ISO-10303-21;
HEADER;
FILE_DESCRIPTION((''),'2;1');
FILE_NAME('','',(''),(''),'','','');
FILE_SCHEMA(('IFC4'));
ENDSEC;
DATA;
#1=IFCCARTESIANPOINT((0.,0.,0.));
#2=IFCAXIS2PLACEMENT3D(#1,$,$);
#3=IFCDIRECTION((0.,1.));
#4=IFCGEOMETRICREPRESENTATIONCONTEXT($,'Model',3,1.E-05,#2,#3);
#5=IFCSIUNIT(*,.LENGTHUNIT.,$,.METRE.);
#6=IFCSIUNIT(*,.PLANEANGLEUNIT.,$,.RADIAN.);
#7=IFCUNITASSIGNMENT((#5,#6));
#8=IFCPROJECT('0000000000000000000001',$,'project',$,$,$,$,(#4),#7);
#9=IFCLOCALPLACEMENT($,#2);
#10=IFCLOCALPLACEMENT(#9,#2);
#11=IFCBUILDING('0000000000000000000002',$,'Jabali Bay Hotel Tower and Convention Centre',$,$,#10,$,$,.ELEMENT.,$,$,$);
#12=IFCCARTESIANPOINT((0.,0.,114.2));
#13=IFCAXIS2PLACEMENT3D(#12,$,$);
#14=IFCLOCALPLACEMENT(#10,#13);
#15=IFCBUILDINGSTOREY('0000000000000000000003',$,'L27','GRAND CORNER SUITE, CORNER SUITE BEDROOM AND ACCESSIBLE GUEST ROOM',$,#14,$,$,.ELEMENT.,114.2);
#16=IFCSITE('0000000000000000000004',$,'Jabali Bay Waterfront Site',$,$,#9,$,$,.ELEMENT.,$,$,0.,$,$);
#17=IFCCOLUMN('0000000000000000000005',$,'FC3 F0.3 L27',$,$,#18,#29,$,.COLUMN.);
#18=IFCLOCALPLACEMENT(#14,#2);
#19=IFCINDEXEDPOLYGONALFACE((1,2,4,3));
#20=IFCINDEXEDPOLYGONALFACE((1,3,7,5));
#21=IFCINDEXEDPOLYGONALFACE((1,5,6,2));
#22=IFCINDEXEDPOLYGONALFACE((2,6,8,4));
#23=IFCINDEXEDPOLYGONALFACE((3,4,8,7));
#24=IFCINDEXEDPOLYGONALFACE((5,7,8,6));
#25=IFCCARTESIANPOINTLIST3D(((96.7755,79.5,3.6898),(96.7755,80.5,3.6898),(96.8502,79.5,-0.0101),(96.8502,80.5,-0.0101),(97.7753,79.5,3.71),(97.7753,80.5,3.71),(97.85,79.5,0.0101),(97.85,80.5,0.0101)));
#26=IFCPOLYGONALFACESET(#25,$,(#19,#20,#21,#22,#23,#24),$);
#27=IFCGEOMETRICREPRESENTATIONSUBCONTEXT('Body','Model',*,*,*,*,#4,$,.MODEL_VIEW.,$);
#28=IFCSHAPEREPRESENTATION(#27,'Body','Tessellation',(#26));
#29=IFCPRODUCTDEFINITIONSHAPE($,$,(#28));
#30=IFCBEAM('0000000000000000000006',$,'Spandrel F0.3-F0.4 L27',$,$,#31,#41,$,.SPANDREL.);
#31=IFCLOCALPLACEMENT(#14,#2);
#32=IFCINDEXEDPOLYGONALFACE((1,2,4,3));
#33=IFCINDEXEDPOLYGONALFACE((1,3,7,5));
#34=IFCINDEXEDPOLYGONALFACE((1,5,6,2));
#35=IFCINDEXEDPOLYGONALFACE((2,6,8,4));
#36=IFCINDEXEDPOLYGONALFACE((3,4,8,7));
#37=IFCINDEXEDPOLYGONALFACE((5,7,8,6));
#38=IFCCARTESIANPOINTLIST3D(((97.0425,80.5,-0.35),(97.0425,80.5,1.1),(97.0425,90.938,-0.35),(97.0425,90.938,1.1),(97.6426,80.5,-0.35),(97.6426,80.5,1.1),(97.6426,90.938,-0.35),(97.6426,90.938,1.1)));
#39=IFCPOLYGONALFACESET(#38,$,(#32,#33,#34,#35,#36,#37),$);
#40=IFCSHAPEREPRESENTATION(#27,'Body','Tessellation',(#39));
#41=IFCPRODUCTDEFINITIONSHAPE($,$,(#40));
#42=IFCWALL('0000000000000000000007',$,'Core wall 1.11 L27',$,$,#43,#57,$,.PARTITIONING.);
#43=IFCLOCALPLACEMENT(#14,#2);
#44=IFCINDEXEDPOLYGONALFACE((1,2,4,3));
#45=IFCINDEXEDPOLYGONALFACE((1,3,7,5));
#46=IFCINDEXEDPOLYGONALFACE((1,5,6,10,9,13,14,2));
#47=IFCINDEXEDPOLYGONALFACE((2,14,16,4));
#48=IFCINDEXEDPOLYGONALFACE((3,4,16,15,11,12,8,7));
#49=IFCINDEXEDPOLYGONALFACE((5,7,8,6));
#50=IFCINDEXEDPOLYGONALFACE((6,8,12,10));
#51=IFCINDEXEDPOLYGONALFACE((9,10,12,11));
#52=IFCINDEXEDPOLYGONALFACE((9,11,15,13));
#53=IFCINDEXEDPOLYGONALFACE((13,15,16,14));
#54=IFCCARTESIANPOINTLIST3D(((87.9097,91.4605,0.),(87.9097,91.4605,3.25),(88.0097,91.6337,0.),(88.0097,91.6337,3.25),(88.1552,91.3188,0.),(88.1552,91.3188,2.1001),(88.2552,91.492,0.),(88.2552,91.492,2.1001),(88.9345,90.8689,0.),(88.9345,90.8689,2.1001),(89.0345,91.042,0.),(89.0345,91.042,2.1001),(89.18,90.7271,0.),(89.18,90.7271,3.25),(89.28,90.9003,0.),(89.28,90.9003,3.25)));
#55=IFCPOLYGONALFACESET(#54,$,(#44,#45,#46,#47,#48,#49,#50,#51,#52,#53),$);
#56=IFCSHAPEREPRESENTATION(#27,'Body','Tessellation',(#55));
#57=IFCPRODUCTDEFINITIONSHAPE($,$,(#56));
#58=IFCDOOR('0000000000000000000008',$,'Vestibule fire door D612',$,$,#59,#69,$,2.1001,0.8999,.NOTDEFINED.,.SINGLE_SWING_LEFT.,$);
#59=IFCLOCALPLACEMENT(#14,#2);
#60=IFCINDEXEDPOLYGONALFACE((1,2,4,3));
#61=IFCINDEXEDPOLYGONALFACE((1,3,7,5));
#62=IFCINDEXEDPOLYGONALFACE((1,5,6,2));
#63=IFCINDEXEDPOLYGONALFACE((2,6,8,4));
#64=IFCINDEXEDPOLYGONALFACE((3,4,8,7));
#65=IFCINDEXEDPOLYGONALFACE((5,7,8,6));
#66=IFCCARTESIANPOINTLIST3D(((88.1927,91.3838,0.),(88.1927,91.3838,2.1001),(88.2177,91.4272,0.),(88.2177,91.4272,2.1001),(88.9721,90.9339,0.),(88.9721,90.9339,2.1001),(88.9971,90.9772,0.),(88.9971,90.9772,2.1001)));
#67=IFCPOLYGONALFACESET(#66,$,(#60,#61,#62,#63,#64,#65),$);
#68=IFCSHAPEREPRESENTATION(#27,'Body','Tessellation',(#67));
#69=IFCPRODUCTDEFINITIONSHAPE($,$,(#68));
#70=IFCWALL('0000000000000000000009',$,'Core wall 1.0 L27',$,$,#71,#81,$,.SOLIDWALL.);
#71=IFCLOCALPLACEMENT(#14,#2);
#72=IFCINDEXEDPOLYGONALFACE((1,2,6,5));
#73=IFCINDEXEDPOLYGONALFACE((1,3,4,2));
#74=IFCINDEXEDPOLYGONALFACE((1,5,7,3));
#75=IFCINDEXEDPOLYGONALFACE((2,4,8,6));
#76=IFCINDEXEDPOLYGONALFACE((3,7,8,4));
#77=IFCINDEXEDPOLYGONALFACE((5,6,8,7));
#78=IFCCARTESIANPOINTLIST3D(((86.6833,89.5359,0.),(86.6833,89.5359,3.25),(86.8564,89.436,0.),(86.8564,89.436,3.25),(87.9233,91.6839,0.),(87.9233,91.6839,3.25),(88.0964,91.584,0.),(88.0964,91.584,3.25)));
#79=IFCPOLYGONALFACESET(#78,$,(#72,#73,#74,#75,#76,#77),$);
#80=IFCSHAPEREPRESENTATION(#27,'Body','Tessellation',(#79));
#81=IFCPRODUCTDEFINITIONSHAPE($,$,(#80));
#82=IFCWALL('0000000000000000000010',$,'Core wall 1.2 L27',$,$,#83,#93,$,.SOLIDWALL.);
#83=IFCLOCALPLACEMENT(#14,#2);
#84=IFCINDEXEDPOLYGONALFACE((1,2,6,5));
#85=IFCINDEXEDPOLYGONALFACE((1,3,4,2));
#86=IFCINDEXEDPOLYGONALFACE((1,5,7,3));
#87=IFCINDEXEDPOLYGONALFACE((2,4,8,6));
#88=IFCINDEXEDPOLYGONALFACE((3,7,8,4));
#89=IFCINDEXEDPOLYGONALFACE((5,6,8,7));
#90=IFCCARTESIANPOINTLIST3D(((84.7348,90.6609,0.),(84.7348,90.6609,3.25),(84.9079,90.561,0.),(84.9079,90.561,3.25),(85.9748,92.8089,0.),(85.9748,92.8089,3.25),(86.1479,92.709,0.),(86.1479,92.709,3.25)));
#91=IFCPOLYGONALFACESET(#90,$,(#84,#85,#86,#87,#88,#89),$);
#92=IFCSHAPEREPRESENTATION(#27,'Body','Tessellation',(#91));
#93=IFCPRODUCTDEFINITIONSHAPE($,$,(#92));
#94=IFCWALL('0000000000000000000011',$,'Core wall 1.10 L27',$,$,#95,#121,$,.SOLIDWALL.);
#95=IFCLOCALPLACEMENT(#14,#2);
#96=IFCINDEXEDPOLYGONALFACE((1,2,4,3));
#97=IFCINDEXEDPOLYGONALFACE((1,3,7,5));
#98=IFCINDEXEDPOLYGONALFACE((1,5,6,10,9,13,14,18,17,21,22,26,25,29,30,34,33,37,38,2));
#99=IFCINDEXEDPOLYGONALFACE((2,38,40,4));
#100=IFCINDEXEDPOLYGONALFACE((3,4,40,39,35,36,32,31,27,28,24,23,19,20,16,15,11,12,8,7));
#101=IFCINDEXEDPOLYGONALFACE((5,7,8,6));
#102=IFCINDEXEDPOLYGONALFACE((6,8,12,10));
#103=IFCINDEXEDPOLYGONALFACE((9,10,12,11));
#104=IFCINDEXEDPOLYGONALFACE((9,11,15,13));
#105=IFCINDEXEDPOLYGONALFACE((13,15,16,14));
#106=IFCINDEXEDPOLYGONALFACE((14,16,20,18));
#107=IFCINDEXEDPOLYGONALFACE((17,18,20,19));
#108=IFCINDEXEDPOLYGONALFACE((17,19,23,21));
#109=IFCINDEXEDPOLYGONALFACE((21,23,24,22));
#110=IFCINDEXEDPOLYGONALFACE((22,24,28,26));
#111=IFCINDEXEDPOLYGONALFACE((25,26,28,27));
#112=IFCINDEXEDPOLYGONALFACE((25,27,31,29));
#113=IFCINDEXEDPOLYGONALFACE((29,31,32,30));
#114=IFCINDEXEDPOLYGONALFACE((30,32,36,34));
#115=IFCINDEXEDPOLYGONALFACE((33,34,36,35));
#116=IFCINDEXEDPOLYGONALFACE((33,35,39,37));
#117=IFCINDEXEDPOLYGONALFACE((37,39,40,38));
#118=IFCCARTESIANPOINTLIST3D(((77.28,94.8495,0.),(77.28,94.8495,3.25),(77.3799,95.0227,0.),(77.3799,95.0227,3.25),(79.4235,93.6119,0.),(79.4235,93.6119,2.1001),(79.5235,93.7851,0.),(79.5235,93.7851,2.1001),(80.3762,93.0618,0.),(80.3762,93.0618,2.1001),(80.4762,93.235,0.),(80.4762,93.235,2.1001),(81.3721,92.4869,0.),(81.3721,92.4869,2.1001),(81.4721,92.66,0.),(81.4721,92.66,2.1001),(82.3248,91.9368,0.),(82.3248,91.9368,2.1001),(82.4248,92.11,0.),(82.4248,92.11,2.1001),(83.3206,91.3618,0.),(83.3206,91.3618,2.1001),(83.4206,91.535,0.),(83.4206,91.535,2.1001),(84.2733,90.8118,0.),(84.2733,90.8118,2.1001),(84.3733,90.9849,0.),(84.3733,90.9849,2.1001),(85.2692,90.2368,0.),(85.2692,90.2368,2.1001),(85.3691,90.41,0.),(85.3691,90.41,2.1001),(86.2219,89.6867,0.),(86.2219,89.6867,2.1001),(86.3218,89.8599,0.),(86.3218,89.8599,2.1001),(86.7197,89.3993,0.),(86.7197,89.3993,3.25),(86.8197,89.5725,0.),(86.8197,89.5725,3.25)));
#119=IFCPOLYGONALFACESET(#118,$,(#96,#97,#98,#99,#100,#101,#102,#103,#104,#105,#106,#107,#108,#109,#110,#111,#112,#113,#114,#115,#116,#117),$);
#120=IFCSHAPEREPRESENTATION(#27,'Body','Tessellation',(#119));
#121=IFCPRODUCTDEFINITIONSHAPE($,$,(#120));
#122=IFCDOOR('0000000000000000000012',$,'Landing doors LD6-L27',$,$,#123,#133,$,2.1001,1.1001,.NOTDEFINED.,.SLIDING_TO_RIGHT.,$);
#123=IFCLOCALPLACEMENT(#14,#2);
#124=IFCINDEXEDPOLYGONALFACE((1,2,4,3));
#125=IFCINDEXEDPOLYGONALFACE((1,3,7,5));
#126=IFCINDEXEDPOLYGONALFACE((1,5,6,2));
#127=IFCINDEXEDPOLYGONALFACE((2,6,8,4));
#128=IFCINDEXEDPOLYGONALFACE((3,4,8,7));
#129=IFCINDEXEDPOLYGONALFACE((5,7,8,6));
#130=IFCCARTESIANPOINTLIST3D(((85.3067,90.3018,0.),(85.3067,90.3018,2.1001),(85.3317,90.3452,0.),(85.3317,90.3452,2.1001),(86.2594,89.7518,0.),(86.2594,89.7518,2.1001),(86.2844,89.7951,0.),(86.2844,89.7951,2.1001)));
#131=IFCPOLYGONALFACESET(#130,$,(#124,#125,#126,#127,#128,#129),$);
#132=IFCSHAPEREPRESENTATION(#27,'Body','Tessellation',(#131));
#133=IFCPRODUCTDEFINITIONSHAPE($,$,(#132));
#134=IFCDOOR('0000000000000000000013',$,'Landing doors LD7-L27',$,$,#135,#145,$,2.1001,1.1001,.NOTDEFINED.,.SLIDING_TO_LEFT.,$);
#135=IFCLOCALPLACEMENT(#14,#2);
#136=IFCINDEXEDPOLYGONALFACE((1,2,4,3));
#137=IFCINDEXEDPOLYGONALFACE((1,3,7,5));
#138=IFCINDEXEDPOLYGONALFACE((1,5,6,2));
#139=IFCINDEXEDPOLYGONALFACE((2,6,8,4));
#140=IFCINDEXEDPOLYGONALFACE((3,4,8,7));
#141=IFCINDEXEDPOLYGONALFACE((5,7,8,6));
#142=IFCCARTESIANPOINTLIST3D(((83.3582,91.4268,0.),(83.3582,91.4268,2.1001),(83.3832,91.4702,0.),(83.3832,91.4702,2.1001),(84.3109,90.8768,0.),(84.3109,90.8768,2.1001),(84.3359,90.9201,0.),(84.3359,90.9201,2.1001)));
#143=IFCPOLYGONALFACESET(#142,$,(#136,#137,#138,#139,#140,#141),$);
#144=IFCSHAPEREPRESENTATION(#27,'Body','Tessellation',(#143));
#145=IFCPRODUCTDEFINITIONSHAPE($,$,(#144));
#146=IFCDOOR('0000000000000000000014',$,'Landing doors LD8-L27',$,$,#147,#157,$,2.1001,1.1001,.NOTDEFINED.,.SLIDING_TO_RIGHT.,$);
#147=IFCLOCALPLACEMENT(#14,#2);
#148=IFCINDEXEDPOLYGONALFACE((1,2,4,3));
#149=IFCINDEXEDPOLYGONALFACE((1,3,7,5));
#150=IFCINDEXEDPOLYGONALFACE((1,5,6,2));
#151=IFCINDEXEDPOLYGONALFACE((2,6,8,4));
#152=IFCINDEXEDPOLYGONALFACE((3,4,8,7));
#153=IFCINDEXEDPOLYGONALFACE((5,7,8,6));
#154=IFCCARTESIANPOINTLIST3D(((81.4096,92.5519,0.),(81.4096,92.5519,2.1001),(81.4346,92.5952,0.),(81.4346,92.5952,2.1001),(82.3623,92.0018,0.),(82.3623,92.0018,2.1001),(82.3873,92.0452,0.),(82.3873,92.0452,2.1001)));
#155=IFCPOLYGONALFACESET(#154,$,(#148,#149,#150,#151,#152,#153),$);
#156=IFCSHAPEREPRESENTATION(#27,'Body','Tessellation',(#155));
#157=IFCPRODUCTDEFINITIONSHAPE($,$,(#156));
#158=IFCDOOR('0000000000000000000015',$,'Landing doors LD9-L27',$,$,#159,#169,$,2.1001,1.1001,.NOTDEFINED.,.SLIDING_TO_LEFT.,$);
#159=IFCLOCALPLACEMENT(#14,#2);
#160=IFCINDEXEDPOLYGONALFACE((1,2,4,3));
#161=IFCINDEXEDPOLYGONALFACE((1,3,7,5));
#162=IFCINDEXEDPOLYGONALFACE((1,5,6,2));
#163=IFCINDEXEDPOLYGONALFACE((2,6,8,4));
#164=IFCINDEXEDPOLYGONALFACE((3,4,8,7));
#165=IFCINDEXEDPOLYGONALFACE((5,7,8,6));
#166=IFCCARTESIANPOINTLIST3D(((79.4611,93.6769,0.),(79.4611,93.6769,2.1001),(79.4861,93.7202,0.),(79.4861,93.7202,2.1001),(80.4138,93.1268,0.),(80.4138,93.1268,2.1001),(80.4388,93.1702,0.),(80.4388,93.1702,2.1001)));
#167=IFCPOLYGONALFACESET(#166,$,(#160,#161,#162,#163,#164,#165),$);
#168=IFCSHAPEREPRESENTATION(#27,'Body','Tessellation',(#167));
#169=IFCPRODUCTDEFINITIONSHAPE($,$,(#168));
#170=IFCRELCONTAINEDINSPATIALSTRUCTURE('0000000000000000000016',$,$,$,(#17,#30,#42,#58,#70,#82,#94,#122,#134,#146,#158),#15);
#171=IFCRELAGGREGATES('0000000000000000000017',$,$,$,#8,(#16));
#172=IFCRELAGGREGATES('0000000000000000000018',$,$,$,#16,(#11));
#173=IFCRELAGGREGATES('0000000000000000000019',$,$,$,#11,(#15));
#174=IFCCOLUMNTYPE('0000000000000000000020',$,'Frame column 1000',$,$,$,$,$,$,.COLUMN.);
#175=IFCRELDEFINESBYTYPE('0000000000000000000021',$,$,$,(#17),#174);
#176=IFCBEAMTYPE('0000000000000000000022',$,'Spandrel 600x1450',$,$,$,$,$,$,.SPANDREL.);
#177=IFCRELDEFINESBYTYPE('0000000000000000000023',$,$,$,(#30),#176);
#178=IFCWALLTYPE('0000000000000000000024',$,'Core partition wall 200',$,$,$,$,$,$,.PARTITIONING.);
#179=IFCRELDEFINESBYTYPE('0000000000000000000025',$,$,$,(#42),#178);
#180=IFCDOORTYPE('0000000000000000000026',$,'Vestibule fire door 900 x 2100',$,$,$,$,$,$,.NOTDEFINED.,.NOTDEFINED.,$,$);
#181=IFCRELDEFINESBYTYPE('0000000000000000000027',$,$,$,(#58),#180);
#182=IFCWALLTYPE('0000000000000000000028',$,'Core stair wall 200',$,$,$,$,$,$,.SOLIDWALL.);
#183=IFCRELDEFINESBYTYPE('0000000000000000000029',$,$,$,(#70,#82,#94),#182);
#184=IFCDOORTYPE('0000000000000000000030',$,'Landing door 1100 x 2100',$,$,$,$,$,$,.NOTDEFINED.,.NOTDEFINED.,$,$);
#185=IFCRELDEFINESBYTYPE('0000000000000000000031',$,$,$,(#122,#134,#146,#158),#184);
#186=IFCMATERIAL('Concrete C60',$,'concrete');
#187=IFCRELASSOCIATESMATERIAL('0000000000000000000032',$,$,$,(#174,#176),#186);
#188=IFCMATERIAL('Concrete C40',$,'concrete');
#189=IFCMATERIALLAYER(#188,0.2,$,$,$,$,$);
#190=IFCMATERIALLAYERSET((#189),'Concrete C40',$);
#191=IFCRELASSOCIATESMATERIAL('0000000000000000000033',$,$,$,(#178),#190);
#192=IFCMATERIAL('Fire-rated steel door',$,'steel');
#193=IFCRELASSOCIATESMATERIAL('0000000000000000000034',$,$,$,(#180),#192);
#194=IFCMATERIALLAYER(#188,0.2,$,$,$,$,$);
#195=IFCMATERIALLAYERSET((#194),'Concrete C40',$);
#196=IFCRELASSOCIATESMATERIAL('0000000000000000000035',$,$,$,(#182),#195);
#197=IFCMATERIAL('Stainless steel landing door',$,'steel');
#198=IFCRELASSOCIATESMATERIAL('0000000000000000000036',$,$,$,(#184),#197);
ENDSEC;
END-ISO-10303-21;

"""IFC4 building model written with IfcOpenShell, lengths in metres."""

from ifc_helpers import new_model, si_unit, direction, frame, frame_2d, origin, origin_2d, place, context, subcontext, project, spatial, rectangle, extrude, material, layer, layer_set, material_profile, profile_set, type_object, element, fill, save


model = new_model("IFC4")

# Units and contexts
model_context = context("Model", 3, precision=1e-05, world=origin(), true_north=direction((0.0, 1.0)))
body_context = subcontext(model_context, "Body", "Model", "MODEL_VIEW")
ifc_project = project(units=[si_unit("LENGTHUNIT", "METRE"), si_unit("PLANEANGLEUNIT", "RADIAN")], contexts=[model_context])

# Site, building, storey
site_placement = place(None, origin())
site = spatial("IfcSite", under=ifc_project, at=site_placement, Name="Jabali Bay Waterfront Site", CompositionType="ELEMENT", RefElevation=0.0)
building_placement = place(site_placement, origin())
building = spatial("IfcBuilding", under=site, at=building_placement, Name="Jabali Bay Hotel Tower and Convention Centre", CompositionType="ELEMENT")
storey_placement = place(building_placement, frame((0.0, 0.0, 114.2)))
storey = spatial("IfcBuildingStorey", under=building, at=storey_placement, Name="L27", Description="GRAND CORNER SUITE, CORNER SUITE BEDROOM AND ACCESSIBLE GUEST ROOM", CompositionType="ELEMENT", Elevation=114.2)

# Column
ifc_material_1 = material(Name="Concrete C60", Category="concrete")
ifc_material_profile_1 = material_profile(ifc_material_1, rectangle(XDim=1.0, YDim=1.0, at=origin_2d()), Name="Frame column 1000")
ifc_profile_set_1 = profile_set([ifc_material_profile_1], Name="Concrete C60")
column_type = type_object("IfcColumnType", Name="Frame column 1000", PredefinedType="COLUMN", material=ifc_profile_set_1)
column_placement = place(storey_placement, frame((97.3501, 80.0, 0.0), z_axis=(-0.020187, 0.0, 0.999796), x_axis=(0.0, -1.0, 0.0)))
element("IfcColumn", 1, at=column_placement, inside=storey, type_object=column_type, Name="FC3 F0.3 L27", PredefinedType="COLUMN", context=body_context, shape_type="SweptSolid", body=[
    extrude(rectangle(XDim=1.0, YDim=1.0, at=origin_2d()), origin(), (0.0, 0.0, 1.0), 3.7007),
])

# Beam
ifc_material_profile_2 = material_profile(ifc_material_1, rectangle(XDim=0.6001, YDim=1.45, at=origin_2d()), Name="Spandrel 600x1450")
ifc_profile_set_2 = profile_set([ifc_material_profile_2], Name="Concrete C60")
beam_type = type_object("IfcBeamType", Name="Spandrel 600x1450", PredefinedType="SPANDREL", material=ifc_profile_set_2)
beam_placement = place(storey_placement, frame((97.3425, 80.5, 0.375), z_axis=(0.0, 1.0, 0.0), x_axis=(-1.0, 0.0, 0.0)))
element("IfcBeam", 2, at=beam_placement, inside=storey, type_object=beam_type, Name="Spandrel F0.3-F0.4 L27", PredefinedType="SPANDREL", context=body_context, shape_type="SweptSolid", body=[
    extrude(rectangle(XDim=0.6001, YDim=1.45, at=origin_2d()), origin(), (0.0, 0.0, 1.0), 10.438),
])

# Wall, opening, door
ifc_material_2 = material(Name="Concrete C40", Category="concrete")
ifc_layer_1 = layer(ifc_material_2, 0.2)
ifc_layer_set_1 = layer_set([ifc_layer_1], Name="Concrete C40")
wall_type_1 = type_object("IfcWallType", Name="Core partition wall 200", PredefinedType="PARTITIONING", material=ifc_layer_set_1)
wall_1_placement = place(storey_placement, frame((89.23, 90.8137, 0.0), z_axis=(0.0, 0.0, 1.0), x_axis=(-0.866022, 0.500006, 0.0)))
wall_1 = element("IfcWall", 3, at=wall_1_placement, inside=storey, type_object=wall_type_1, Name="Core wall 1.11 L27", PredefinedType="PARTITIONING", context=body_context, shape_type="SweptSolid", body=[
    extrude(rectangle(XDim=1.4668, YDim=0.2, at=frame_2d((0.7334, 0.0))), origin(), (0.0, 0.0, 1.0), 3.25),
])
opening_1_placement = place(wall_1_placement, frame((0.2834, 0.0, 0.0)))
opening_1 = element("IfcOpeningElement", 4, at=opening_1_placement, cuts=wall_1, PredefinedType="OPENING", context=body_context, shape_type="SweptSolid", body=[
    extrude(rectangle(XDim=0.8999, YDim=2.1001, at=frame_2d((0.45, 1.05))), frame((0.0, 0.1104, 0.0), z_axis=(0.0, -1.0, 0.0), x_axis=(1.0, 0.0, 0.0)), (0.0, 0.0, 1.0), 0.2209),
])
ifc_material_3 = material(Name="Fire-rated steel door", Category="steel")
door_type_1 = type_object("IfcDoorType", Name="Vestibule fire door 900 x 2100", OperationType="NOTDEFINED", PredefinedType="NOTDEFINED", material=ifc_material_3)
door_1_placement = place(opening_1_placement, origin())
door_1 = element("IfcDoor", 5, at=door_1_placement, inside=storey, type_object=door_type_1, Name="Vestibule fire door D612", OperationType="SINGLE_SWING_LEFT", OverallHeight=2.1001, OverallWidth=0.8999, PredefinedType="NOTDEFINED", context=body_context, shape_type="SweptSolid", body=[
    extrude(rectangle(XDim=0.8999, YDim=2.1001, at=frame_2d((0.45, 1.05))), frame((0.0, 0.0249, 0.0), z_axis=(0.0, -1.0, 0.0), x_axis=(1.0, 0.0, 0.0)), (0.0, 0.0, 1.0), 0.05),
])
fill(opening_1, door_1)

# Walls
ifc_layer_2 = layer(ifc_material_2, 0.2)
ifc_layer_set_2 = layer_set([ifc_layer_2], Name="Concrete C40")
wall_type_2 = type_object("IfcWallType", Name="Core stair wall 200", PredefinedType="SOLIDWALL", material=ifc_layer_set_2)
for number, where, z_axis, x_axis, name in (
    (6, (86.7698, 89.4858, 0.0), (0.0, 0.0, 1.0), (0.499961, 0.866048, 0.0), "Core wall 1.0 L27"),
    (7, (84.8213, 90.6108, 0.0), (0.0, 0.0, 1.0), (0.499961, 0.866048, 0.0), "Core wall 1.2 L27"),
):
    element("IfcWall", number, at=place(storey_placement, frame(where, z_axis=z_axis, x_axis=x_axis)), inside=storey, type_object=wall_type_2, Name=name, PredefinedType="SOLIDWALL", context=body_context, shape_type="SweptSolid", body=[
        extrude(rectangle(XDim=2.4802, YDim=0.2, at=frame_2d((1.2402, 0.0))), origin(), (0.0, 0.0, 1.0), 3.25),
    ])

# Wall, openings, doors
wall_2_placement = place(storey_placement, frame((86.7698, 89.4858, 0.0), z_axis=(0.0, 0.0, 1.0), x_axis=(-0.866018, 0.500013, 0.0)))
wall_2 = element("IfcWall", 8, at=wall_2_placement, inside=storey, type_object=wall_type_2, Name="Core wall 1.10 L27", PredefinedType="SOLIDWALL", context=body_context, shape_type="SweptSolid", body=[
    extrude(rectangle(XDim=10.9001, YDim=0.2, at=frame_2d((5.4502, 0.0))), origin(), (0.0, 0.0, 1.0), 3.25),
])
opening_2_placement = place(wall_2_placement, frame((0.575, 0.0, 0.0)))
opening_2 = element("IfcOpeningElement", 9, at=opening_2_placement, cuts=wall_2, PredefinedType="OPENING", context=body_context, shape_type="SweptSolid", body=[
    extrude(rectangle(XDim=1.1001, YDim=2.1001, at=frame_2d((0.55, 1.05))), frame((0.0, 0.1104, 0.0), z_axis=(0.0, -1.0, 0.0), x_axis=(1.0, 0.0, 0.0)), (0.0, 0.0, 1.0), 0.2209),
])
opening_3_placement = place(wall_2_placement, frame((2.825, 0.0, 0.0)))
opening_3 = element("IfcOpeningElement", 10, at=opening_3_placement, cuts=wall_2, PredefinedType="OPENING", context=body_context, shape_type="SweptSolid", body=[
    extrude(rectangle(XDim=1.1001, YDim=2.1001, at=frame_2d((0.55, 1.05))), frame((0.0, 0.1104, 0.0), z_axis=(0.0, -1.0, 0.0), x_axis=(1.0, 0.0, 0.0)), (0.0, 0.0, 1.0), 0.2209),
])
opening_4_placement = place(wall_2_placement, frame((5.075, 0.0, 0.0)))
opening_4 = element("IfcOpeningElement", 11, at=opening_4_placement, cuts=wall_2, PredefinedType="OPENING", context=body_context, shape_type="SweptSolid", body=[
    extrude(rectangle(XDim=1.1001, YDim=2.1001, at=frame_2d((0.55, 1.05))), frame((0.0, 0.1104, 0.0), z_axis=(0.0, -1.0, 0.0), x_axis=(1.0, 0.0, 0.0)), (0.0, 0.0, 1.0), 0.2209),
])
opening_5_placement = place(wall_2_placement, frame((7.325, 0.0, 0.0)))
opening_5 = element("IfcOpeningElement", 12, at=opening_5_placement, cuts=wall_2, PredefinedType="OPENING", context=body_context, shape_type="SweptSolid", body=[
    extrude(rectangle(XDim=1.1001, YDim=2.1001, at=frame_2d((0.55, 1.05))), frame((0.0, 0.1104, 0.0), z_axis=(0.0, -1.0, 0.0), x_axis=(1.0, 0.0, 0.0)), (0.0, 0.0, 1.0), 0.2209),
])
ifc_material_4 = material(Name="Stainless steel landing door", Category="steel")
door_type_2 = type_object("IfcDoorType", Name="Landing door 1100 x 2100", OperationType="NOTDEFINED", PredefinedType="NOTDEFINED", material=ifc_material_4)
door_2_placement = place(opening_2_placement, origin())
door_2 = element("IfcDoor", 13, at=door_2_placement, inside=storey, type_object=door_type_2, Name="Landing doors LD6-L27", OperationType="SLIDING_TO_RIGHT", OverallHeight=2.1001, OverallWidth=1.1001, PredefinedType="NOTDEFINED", context=body_context, shape_type="SweptSolid", body=[
    extrude(rectangle(XDim=1.1001, YDim=2.1001, at=frame_2d((0.55, 1.05))), frame((0.0, 0.0249, 0.0), z_axis=(0.0, -1.0, 0.0), x_axis=(1.0, 0.0, 0.0)), (0.0, 0.0, 1.0), 0.05),
])
fill(opening_2, door_2)
door_3_placement = place(opening_3_placement, origin())
door_3 = element("IfcDoor", 14, at=door_3_placement, inside=storey, type_object=door_type_2, Name="Landing doors LD7-L27", OperationType="SLIDING_TO_LEFT", OverallHeight=2.1001, OverallWidth=1.1001, PredefinedType="NOTDEFINED", context=body_context, shape_type="SweptSolid", body=[
    extrude(rectangle(XDim=1.1001, YDim=2.1001, at=frame_2d((0.55, 1.05))), frame((0.0, 0.0249, 0.0), z_axis=(0.0, -1.0, 0.0), x_axis=(1.0, 0.0, 0.0)), (0.0, 0.0, 1.0), 0.05),
])
fill(opening_3, door_3)
door_4_placement = place(opening_4_placement, origin())
door_4 = element("IfcDoor", 15, at=door_4_placement, inside=storey, type_object=door_type_2, Name="Landing doors LD8-L27", OperationType="SLIDING_TO_RIGHT", OverallHeight=2.1001, OverallWidth=1.1001, PredefinedType="NOTDEFINED", context=body_context, shape_type="SweptSolid", body=[
    extrude(rectangle(XDim=1.1001, YDim=2.1001, at=frame_2d((0.55, 1.05))), frame((0.0, 0.0249, 0.0), z_axis=(0.0, -1.0, 0.0), x_axis=(1.0, 0.0, 0.0)), (0.0, 0.0, 1.0), 0.05),
])
fill(opening_4, door_4)
door_5_placement = place(opening_5_placement, origin())
door_5 = element("IfcDoor", 16, at=door_5_placement, inside=storey, type_object=door_type_2, Name="Landing doors LD9-L27", OperationType="SLIDING_TO_LEFT", OverallHeight=2.1001, OverallWidth=1.1001, PredefinedType="NOTDEFINED", context=body_context, shape_type="SweptSolid", body=[
    extrude(rectangle(XDim=1.1001, YDim=2.1001, at=frame_2d((0.55, 1.05))), frame((0.0, 0.0249, 0.0), z_axis=(0.0, -1.0, 0.0), x_axis=(1.0, 0.0, 0.0)), (0.0, 0.0, 1.0), 0.05),
])
fill(opening_5, door_5)

save(model, "model.ifc")
